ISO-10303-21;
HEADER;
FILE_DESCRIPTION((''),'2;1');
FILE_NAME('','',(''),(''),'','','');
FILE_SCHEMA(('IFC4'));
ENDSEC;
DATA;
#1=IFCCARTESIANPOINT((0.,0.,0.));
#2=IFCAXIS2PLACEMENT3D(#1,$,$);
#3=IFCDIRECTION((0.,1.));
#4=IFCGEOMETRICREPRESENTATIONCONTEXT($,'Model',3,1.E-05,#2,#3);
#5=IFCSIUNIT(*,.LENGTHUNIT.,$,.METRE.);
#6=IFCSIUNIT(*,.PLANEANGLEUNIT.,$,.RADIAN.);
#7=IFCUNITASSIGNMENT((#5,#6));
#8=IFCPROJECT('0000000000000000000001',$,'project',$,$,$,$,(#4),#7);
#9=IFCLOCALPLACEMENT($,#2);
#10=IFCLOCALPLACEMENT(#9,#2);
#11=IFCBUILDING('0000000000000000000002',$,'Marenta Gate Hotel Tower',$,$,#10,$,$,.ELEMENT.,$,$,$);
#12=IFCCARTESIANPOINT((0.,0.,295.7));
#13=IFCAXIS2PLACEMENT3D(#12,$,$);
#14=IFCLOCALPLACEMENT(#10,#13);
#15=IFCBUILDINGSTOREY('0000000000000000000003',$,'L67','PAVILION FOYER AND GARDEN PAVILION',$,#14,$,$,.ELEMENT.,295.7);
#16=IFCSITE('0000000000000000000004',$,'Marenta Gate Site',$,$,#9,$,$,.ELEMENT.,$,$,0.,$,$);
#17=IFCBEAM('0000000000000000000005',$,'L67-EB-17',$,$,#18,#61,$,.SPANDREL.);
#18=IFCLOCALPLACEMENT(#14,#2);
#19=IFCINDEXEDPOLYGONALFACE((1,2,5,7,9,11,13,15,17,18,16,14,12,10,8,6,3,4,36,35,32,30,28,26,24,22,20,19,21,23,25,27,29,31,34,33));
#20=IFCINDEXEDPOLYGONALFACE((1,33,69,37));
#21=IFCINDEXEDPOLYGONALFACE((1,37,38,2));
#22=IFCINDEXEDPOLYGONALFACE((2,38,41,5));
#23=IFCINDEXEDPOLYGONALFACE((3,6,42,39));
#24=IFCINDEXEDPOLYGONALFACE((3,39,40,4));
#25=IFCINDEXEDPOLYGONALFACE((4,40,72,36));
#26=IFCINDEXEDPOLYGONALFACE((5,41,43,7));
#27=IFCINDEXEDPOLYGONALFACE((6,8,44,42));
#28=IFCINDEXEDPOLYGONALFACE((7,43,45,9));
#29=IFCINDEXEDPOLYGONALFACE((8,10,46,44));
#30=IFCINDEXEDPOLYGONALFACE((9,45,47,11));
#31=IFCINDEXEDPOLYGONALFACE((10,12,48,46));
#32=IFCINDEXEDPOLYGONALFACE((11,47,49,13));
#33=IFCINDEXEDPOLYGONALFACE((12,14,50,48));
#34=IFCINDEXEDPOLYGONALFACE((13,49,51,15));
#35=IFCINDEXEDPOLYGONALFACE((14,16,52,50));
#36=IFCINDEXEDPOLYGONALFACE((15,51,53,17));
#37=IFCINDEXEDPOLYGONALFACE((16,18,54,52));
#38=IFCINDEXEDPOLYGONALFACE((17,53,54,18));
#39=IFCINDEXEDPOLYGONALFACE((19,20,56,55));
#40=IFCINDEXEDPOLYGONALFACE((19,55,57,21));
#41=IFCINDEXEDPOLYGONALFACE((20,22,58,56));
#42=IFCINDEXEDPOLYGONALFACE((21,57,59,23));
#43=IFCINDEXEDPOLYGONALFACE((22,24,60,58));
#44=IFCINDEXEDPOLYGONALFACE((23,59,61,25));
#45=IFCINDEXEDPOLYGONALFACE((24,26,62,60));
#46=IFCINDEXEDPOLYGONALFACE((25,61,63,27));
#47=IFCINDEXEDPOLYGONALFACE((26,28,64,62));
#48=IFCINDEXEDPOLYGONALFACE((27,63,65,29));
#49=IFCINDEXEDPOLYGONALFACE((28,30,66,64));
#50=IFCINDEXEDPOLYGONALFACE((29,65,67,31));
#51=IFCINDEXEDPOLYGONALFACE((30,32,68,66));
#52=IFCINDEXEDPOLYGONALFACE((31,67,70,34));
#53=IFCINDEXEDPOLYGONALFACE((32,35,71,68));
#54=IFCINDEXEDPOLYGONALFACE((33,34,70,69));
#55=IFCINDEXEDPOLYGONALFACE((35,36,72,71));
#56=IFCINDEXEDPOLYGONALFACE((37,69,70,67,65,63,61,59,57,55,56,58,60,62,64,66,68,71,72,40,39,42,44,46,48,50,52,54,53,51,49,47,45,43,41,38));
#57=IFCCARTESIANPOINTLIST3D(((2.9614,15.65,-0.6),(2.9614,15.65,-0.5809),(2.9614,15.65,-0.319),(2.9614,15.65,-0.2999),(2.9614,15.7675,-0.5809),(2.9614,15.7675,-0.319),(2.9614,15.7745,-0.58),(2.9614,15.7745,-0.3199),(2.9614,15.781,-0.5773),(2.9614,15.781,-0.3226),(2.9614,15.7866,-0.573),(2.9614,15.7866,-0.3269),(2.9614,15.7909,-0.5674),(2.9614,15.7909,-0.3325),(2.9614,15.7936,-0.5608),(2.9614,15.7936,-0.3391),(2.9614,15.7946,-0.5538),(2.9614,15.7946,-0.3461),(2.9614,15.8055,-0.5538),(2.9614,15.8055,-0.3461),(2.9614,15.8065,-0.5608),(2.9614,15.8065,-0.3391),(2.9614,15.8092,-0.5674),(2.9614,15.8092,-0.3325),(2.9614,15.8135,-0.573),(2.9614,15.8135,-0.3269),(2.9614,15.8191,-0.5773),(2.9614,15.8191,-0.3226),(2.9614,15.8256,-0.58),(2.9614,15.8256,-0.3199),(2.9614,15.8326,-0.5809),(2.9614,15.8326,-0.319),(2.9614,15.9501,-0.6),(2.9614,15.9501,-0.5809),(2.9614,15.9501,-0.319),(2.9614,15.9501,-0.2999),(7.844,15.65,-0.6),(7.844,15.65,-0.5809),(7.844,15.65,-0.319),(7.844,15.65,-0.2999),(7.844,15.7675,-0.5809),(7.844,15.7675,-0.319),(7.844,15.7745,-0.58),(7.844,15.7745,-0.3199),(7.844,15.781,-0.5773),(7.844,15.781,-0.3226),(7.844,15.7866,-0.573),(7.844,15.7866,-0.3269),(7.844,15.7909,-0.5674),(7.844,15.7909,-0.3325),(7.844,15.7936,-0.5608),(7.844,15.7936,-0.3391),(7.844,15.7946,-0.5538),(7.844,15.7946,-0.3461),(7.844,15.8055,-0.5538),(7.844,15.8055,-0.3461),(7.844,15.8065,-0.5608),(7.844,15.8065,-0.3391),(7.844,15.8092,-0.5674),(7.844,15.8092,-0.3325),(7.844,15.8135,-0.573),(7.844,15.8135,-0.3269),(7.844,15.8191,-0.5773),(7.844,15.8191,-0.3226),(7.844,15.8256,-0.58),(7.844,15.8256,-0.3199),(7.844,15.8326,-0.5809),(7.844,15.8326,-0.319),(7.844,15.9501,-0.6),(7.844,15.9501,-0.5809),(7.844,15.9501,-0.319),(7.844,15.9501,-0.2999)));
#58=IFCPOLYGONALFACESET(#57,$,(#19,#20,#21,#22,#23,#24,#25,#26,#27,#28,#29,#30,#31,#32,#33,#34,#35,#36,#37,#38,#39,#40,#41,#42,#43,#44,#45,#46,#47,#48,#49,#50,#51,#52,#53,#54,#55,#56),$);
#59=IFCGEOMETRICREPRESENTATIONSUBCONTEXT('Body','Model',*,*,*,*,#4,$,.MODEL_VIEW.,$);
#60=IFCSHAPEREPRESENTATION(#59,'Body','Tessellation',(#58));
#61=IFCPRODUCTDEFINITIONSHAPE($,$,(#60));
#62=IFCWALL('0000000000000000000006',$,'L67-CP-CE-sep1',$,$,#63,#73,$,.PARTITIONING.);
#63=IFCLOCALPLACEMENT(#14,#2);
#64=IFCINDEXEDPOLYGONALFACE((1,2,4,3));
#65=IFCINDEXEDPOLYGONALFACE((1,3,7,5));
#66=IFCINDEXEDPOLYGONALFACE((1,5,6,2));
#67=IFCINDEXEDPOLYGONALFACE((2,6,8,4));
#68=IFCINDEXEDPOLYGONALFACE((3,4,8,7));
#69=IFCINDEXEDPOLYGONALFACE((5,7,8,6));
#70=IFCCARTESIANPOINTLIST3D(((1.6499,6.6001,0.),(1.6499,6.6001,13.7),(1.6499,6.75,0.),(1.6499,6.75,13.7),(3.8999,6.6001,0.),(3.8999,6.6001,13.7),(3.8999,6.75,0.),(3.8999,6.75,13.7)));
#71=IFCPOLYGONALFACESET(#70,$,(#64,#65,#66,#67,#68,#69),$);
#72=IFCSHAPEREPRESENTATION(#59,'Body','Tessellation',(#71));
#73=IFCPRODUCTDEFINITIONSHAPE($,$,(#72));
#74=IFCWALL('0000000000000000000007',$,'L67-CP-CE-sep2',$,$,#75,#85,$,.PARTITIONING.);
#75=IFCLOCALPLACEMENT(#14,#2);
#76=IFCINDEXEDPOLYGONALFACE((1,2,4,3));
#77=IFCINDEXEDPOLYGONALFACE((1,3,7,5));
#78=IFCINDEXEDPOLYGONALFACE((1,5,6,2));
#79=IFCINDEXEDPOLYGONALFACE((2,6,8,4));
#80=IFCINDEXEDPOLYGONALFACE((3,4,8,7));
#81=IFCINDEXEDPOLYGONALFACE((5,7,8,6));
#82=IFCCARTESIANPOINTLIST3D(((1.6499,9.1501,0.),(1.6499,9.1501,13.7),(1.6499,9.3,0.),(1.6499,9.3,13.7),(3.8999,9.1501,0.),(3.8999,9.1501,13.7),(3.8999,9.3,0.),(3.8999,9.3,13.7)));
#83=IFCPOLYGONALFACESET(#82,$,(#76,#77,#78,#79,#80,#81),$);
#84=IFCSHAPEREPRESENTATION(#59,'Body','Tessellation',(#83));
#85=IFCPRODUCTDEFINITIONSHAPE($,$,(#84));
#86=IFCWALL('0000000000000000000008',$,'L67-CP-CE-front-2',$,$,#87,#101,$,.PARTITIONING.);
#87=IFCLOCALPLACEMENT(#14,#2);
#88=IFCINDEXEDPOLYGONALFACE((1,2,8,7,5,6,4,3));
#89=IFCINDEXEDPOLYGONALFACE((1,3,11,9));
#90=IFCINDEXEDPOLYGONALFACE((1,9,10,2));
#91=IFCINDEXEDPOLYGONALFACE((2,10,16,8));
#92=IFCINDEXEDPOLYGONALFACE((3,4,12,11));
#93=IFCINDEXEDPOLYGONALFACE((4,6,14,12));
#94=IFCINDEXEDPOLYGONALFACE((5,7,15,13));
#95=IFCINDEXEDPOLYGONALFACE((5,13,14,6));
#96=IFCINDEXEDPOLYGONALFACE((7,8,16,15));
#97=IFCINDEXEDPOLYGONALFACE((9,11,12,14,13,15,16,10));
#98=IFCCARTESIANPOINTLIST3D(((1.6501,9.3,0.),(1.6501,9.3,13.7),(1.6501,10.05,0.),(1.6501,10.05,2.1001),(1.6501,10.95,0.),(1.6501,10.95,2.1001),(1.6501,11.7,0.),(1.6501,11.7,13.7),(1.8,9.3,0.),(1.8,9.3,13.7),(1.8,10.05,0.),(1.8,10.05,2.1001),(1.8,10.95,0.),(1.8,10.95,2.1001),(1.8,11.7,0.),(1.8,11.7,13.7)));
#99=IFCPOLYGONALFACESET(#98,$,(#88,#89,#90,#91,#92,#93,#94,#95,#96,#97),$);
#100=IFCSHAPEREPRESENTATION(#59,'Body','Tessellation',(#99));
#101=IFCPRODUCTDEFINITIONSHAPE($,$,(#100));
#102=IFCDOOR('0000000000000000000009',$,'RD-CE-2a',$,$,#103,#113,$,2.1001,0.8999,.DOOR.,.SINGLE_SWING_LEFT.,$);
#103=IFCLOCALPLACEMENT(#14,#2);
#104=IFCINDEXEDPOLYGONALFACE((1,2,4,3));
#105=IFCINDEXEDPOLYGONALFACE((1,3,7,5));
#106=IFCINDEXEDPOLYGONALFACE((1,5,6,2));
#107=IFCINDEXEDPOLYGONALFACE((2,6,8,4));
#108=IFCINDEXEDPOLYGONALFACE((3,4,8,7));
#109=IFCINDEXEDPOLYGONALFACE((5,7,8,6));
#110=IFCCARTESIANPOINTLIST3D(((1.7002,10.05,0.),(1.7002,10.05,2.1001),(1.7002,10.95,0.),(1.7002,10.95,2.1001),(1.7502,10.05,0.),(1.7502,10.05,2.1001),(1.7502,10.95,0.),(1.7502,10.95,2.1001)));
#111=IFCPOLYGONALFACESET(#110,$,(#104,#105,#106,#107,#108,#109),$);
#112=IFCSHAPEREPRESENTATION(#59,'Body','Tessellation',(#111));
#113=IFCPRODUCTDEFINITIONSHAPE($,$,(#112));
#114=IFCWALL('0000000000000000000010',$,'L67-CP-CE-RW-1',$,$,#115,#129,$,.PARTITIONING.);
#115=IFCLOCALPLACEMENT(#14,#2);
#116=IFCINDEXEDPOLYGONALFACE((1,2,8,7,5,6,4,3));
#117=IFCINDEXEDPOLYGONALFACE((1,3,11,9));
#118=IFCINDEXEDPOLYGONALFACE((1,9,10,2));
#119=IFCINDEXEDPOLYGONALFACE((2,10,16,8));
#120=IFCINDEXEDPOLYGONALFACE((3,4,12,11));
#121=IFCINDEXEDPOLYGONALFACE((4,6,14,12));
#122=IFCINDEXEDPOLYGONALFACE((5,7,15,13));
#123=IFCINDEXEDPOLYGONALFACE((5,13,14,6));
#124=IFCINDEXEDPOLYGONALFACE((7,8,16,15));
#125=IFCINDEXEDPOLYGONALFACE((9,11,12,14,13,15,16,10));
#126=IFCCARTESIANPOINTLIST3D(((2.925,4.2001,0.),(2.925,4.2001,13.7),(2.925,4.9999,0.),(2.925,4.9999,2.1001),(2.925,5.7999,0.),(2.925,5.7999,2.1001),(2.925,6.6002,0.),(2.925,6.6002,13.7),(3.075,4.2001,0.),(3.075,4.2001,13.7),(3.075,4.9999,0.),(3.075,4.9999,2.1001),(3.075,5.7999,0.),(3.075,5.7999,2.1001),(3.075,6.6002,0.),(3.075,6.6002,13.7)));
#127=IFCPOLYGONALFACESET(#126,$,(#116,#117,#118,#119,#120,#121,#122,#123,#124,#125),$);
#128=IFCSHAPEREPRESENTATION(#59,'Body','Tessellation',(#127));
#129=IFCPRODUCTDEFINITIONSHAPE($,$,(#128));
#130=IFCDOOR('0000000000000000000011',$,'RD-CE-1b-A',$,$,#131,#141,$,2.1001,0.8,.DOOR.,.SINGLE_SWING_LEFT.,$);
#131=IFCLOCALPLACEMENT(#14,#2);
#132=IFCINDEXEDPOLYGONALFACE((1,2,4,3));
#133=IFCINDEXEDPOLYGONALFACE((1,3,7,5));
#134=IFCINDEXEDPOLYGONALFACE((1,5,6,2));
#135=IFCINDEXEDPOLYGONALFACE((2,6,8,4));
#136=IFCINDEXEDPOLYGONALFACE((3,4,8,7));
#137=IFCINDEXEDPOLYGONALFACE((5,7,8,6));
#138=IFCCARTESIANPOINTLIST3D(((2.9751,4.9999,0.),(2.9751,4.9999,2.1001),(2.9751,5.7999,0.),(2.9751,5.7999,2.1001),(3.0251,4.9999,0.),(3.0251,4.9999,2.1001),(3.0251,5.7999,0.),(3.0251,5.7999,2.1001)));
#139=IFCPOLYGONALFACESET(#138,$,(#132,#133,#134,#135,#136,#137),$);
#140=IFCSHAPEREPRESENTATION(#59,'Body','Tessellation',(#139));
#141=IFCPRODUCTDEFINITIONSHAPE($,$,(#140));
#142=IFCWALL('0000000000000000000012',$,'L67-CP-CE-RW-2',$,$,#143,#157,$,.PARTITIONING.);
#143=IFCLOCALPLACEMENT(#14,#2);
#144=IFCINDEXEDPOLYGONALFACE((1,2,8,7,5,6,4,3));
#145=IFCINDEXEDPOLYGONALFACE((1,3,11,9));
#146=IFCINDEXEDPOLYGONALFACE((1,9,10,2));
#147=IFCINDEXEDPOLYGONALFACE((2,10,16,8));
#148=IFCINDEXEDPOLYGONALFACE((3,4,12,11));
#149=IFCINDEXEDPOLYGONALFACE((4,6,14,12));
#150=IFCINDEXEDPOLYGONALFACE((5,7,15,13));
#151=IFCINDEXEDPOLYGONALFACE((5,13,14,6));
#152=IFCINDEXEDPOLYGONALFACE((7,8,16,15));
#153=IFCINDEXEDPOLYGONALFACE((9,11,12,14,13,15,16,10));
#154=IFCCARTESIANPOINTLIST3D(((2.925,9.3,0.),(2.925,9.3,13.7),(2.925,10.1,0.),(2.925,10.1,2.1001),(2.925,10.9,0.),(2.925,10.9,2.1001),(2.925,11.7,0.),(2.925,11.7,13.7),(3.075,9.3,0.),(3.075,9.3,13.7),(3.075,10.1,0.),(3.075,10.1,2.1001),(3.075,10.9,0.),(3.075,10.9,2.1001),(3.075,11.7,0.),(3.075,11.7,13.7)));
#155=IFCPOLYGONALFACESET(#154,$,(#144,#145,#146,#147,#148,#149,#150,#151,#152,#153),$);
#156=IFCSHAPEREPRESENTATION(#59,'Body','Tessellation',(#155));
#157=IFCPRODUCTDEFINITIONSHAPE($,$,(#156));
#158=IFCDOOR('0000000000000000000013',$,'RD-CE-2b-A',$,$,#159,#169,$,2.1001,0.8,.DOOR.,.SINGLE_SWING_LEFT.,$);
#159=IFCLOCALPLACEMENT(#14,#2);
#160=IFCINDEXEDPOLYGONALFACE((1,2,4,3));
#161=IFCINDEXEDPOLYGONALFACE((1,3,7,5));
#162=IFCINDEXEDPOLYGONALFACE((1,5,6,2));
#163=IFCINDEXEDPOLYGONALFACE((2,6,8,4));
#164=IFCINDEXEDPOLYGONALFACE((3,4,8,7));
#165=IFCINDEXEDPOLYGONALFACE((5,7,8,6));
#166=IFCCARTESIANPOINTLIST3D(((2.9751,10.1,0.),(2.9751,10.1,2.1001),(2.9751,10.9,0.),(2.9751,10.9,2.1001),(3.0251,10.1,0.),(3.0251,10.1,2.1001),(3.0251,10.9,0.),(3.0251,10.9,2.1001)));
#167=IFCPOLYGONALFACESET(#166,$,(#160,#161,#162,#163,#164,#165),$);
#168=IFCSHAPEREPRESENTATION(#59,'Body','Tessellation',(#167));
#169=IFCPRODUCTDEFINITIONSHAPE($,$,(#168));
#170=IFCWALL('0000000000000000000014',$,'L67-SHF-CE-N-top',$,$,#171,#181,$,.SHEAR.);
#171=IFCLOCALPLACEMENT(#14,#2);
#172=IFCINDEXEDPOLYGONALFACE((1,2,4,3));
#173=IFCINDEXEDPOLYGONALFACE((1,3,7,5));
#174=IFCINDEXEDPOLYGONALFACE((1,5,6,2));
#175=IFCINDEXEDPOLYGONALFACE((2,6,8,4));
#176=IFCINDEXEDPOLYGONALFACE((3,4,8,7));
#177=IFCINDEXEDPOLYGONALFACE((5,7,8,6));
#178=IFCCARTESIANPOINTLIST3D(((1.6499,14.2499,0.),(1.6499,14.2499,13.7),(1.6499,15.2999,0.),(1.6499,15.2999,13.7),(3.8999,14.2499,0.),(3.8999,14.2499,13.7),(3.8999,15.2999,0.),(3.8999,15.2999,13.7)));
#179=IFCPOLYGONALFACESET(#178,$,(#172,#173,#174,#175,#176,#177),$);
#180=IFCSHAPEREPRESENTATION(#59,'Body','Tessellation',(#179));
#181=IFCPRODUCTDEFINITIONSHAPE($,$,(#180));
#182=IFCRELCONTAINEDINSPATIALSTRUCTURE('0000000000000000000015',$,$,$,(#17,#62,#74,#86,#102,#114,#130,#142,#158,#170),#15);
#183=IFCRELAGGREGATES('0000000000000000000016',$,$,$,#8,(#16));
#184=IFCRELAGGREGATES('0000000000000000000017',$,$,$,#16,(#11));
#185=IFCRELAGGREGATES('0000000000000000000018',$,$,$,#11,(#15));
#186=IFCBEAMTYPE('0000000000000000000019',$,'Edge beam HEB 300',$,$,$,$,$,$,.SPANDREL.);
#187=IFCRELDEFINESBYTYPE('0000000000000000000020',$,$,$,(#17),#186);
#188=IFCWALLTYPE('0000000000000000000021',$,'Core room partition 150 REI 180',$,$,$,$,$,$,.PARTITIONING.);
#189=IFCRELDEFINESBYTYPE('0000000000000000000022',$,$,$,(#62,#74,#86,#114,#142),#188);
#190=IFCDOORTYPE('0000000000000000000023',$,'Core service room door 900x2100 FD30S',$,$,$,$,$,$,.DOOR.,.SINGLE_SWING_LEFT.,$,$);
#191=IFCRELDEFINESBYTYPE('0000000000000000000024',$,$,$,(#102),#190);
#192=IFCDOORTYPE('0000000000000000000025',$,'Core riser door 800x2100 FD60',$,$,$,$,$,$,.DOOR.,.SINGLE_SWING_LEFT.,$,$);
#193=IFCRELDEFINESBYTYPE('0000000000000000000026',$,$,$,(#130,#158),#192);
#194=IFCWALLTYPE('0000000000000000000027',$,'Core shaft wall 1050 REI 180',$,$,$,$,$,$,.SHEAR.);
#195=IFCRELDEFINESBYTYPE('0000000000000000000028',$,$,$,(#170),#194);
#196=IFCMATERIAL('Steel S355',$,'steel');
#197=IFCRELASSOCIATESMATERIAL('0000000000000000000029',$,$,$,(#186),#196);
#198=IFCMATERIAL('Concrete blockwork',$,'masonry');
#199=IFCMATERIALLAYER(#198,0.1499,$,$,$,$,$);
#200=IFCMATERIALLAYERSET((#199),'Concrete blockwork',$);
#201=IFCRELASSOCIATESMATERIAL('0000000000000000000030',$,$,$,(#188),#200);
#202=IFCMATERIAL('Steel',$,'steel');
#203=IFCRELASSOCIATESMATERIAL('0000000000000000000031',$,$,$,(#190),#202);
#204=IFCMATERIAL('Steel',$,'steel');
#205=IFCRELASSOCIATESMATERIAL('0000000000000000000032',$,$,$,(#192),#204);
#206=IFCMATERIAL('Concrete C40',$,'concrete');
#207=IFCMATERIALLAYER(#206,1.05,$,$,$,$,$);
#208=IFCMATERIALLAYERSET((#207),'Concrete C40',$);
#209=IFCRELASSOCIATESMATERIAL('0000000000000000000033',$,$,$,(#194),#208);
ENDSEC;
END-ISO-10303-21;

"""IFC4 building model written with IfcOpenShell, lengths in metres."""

from ifc_helpers import new_model, si_unit, direction, frame, frame_2d, origin, origin_2d, place, context, subcontext, project, spatial, rectangle, i_section, extrude, material, layer, layer_set, material_profile, profile_set, type_object, element, fill, save


model = new_model("IFC4")

# Units and contexts
model_context = context("Model", 3, precision=1e-05, world=origin(), true_north=direction((0.0, 1.0)))
body_context = subcontext(model_context, "Body", "Model", "MODEL_VIEW")
ifc_project = project(units=[si_unit("LENGTHUNIT", "METRE"), si_unit("PLANEANGLEUNIT", "RADIAN")], contexts=[model_context])

# Site, building, storey
site_placement = place(None, origin())
site = spatial("IfcSite", under=ifc_project, at=site_placement, Name="Marenta Gate Site", CompositionType="ELEMENT", RefElevation=0.0)
building_placement = place(site_placement, origin())
building = spatial("IfcBuilding", under=site, at=building_placement, Name="Marenta Gate Hotel Tower", CompositionType="ELEMENT")
storey_placement = place(building_placement, frame((0.0, 0.0, 295.7)))
storey = spatial("IfcBuildingStorey", under=building, at=storey_placement, Name="L67", Description="PAVILION FOYER AND GARDEN PAVILION", CompositionType="ELEMENT", Elevation=295.7)

# Beam
ifc_material_1 = material(Name="Steel S355", Category="steel")
ifc_material_profile = material_profile(ifc_material_1, i_section(OverallWidth=0.3, OverallDepth=0.3, WebThickness=0.011, FlangeThickness=0.019, FilletRadius=0.0271, at=origin_2d()), Name="HEB 300")
ifc_profile_set = profile_set([ifc_material_profile], Name="Steel S355")
beam_type = type_object("IfcBeamType", Name="Edge beam HEB 300", PredefinedType="SPANDREL", material=ifc_profile_set)
beam_placement = place(storey_placement, frame((2.9614, 15.8, -0.45), z_axis=(1.0, 0.0, 0.0), x_axis=(0.0, 1.0, 0.0)))
element("IfcBeam", 1, at=beam_placement, inside=storey, type_object=beam_type, Name="L67-EB-17", PredefinedType="SPANDREL", context=body_context, shape_type="SweptSolid", body=[
    extrude(i_section(OverallWidth=0.3, OverallDepth=0.3, WebThickness=0.011, FlangeThickness=0.019, FilletRadius=0.0271, at=origin_2d()), origin(), (0.0, 0.0, 1.0), 4.8826),
])

# Walls
ifc_material_2 = material(Name="Concrete blockwork", Category="masonry")
ifc_layer_1 = layer(ifc_material_2, 0.1499)
ifc_layer_set_1 = layer_set([ifc_layer_1], Name="Concrete blockwork")
wall_type_1 = type_object("IfcWallType", Name="Core room partition 150 REI 180", PredefinedType="PARTITIONING", material=ifc_layer_set_1)
for number, where, z_axis, x_axis, name in (
    (2, (1.6499, 6.675, 0.0), (0.0, 0.0, 1.0), (1.0, 0.0, 0.0), "L67-CP-CE-sep1"),
    (3, (1.6499, 9.2251, 0.0), (0.0, 0.0, 1.0), (1.0, 0.0, 0.0), "L67-CP-CE-sep2"),
):
    element("IfcWall", number, at=place(storey_placement, frame(where, z_axis=z_axis, x_axis=x_axis)), inside=storey, type_object=wall_type_1, Name=name, PredefinedType="PARTITIONING", context=body_context, shape_type="SweptSolid", body=[
        extrude(rectangle(XDim=2.25, YDim=0.1499, at=frame_2d((1.125, 0.0))), origin(), (0.0, 0.0, 1.0), 13.7),
    ])

# Walls, openings, doors
wall_1_placement = place(storey_placement, frame((1.7251, 9.3, 0.0), z_axis=(0.0, 0.0, 1.0), x_axis=(0.0, 1.0, 0.0)))
wall_1 = element("IfcWall", 4, at=wall_1_placement, inside=storey, type_object=wall_type_1, Name="L67-CP-CE-front-2", PredefinedType="PARTITIONING", context=body_context, shape_type="SweptSolid", body=[
    extrude(rectangle(XDim=2.3999, YDim=0.1499, at=frame_2d((1.2, 0.0))), origin(), (0.0, 0.0, 1.0), 13.7),
])
opening_1_placement = place(wall_1_placement, frame((0.75, 0.0, 0.0)))
opening_1 = element("IfcOpeningElement", 5, at=opening_1_placement, cuts=wall_1, PredefinedType="OPENING", context=body_context, shape_type="SweptSolid", body=[
    extrude(rectangle(XDim=0.8999, YDim=2.1001, at=frame_2d((0.45, 1.05))), frame((0.0, 0.075, 0.0), z_axis=(0.0, -1.0, 0.0), x_axis=(1.0, 0.0, 0.0)), (0.0, 0.0, 1.0), 0.1499),
])
ifc_material_3 = material(Name="Steel", Category="steel")
door_type_1 = type_object("IfcDoorType", Name="Core service room door 900x2100 FD30S", OperationType="SINGLE_SWING_LEFT", PredefinedType="DOOR", material=ifc_material_3)
door_1_placement = place(opening_1_placement, origin())
door_1 = element("IfcDoor", 6, at=door_1_placement, inside=storey, type_object=door_type_1, Name="RD-CE-2a", OperationType="SINGLE_SWING_LEFT", OverallHeight=2.1001, OverallWidth=0.8999, PredefinedType="DOOR", context=body_context, shape_type="SweptSolid", body=[
    extrude(rectangle(XDim=0.8999, YDim=2.1001, at=frame_2d((0.45, 1.05))), frame((0.0, 0.0249, 0.0), z_axis=(0.0, -1.0, 0.0), x_axis=(1.0, 0.0, 0.0)), (0.0, 0.0, 1.0), 0.05),
])
fill(opening_1, door_1)
wall_2_placement = place(storey_placement, frame((3.0, 4.2, 0.0), z_axis=(0.0, 0.0, 1.0), x_axis=(0.0, 1.0, 0.0)))
wall_2 = element("IfcWall", 7, at=wall_2_placement, inside=storey, type_object=wall_type_1, Name="L67-CP-CE-RW-1", PredefinedType="PARTITIONING", context=body_context, shape_type="SweptSolid", body=[
    extrude(rectangle(XDim=2.4001, YDim=0.1499, at=frame_2d((1.2002, 0.0))), origin(), (0.0, 0.0, 1.0), 13.7),
])
opening_2_placement = place(wall_2_placement, frame((0.8, 0.0, 0.0)))
opening_2 = element("IfcOpeningElement", 8, at=opening_2_placement, cuts=wall_2, PredefinedType="OPENING", context=body_context, shape_type="SweptSolid", body=[
    extrude(rectangle(XDim=0.8, YDim=2.1001, at=frame_2d((0.3999, 1.05))), frame((0.0, 0.075, 0.0), z_axis=(0.0, -1.0, 0.0), x_axis=(1.0, 0.0, 0.0)), (0.0, 0.0, 1.0), 0.1499),
])
ifc_material_4 = material(Name="Steel", Category="steel")
door_type_2 = type_object("IfcDoorType", Name="Core riser door 800x2100 FD60", OperationType="SINGLE_SWING_LEFT", PredefinedType="DOOR", material=ifc_material_4)
door_2_placement = place(opening_2_placement, origin())
door_2 = element("IfcDoor", 9, at=door_2_placement, inside=storey, type_object=door_type_2, Name="RD-CE-1b-A", OperationType="SINGLE_SWING_LEFT", OverallHeight=2.1001, OverallWidth=0.8, PredefinedType="DOOR", context=body_context, shape_type="SweptSolid", body=[
    extrude(rectangle(XDim=0.8, YDim=2.1001, at=frame_2d((0.3999, 1.05))), frame((0.0, 0.0249, 0.0), z_axis=(0.0, -1.0, 0.0), x_axis=(1.0, 0.0, 0.0)), (0.0, 0.0, 1.0), 0.05),
])
fill(opening_2, door_2)
wall_3_placement = place(storey_placement, frame((3.0, 9.3, 0.0), z_axis=(0.0, 0.0, 1.0), x_axis=(0.0, 1.0, 0.0)))
wall_3 = element("IfcWall", 10, at=wall_3_placement, inside=storey, type_object=wall_type_1, Name="L67-CP-CE-RW-2", PredefinedType="PARTITIONING", context=body_context, shape_type="SweptSolid", body=[
    extrude(rectangle(XDim=2.3999, YDim=0.1499, at=frame_2d((1.2, 0.0))), origin(), (0.0, 0.0, 1.0), 13.7),
])
opening_3_placement = place(wall_3_placement, frame((0.8, 0.0, 0.0)))
opening_3 = element("IfcOpeningElement", 11, at=opening_3_placement, cuts=wall_3, PredefinedType="OPENING", context=body_context, shape_type="SweptSolid", body=[
    extrude(rectangle(XDim=0.8, YDim=2.1001, at=frame_2d((0.3999, 1.05))), frame((0.0, 0.075, 0.0), z_axis=(0.0, -1.0, 0.0), x_axis=(1.0, 0.0, 0.0)), (0.0, 0.0, 1.0), 0.1499),
])
door_3_placement = place(opening_3_placement, origin())
door_3 = element("IfcDoor", 12, at=door_3_placement, inside=storey, type_object=door_type_2, Name="RD-CE-2b-A", OperationType="SINGLE_SWING_LEFT", OverallHeight=2.1001, OverallWidth=0.8, PredefinedType="DOOR", context=body_context, shape_type="SweptSolid", body=[
    extrude(rectangle(XDim=0.8, YDim=2.1001, at=frame_2d((0.3999, 1.05))), frame((0.0, 0.0249, 0.0), z_axis=(0.0, -1.0, 0.0), x_axis=(1.0, 0.0, 0.0)), (0.0, 0.0, 1.0), 0.05),
])
fill(opening_3, door_3)

# Wall
ifc_material_5 = material(Name="Concrete C40", Category="concrete")
ifc_layer_2 = layer(ifc_material_5, 1.05)
ifc_layer_set_2 = layer_set([ifc_layer_2], Name="Concrete C40")
wall_type_2 = type_object("IfcWallType", Name="Core shaft wall 1050 REI 180", PredefinedType="SHEAR", material=ifc_layer_set_2)
wall_4_placement = place(storey_placement, frame((1.6499, 14.7749, 0.0), z_axis=(0.0, 0.0, 1.0), x_axis=(1.0, 0.0, 0.0)))
element("IfcWall", 13, at=wall_4_placement, inside=storey, type_object=wall_type_2, Name="L67-SHF-CE-N-top", PredefinedType="SHEAR", context=body_context, shape_type="SweptSolid", body=[
    extrude(rectangle(XDim=2.25, YDim=1.05, at=frame_2d((1.125, 0.0))), origin(), (0.0, 0.0, 1.0), 13.7),
])

save(model, "model.ifc")
